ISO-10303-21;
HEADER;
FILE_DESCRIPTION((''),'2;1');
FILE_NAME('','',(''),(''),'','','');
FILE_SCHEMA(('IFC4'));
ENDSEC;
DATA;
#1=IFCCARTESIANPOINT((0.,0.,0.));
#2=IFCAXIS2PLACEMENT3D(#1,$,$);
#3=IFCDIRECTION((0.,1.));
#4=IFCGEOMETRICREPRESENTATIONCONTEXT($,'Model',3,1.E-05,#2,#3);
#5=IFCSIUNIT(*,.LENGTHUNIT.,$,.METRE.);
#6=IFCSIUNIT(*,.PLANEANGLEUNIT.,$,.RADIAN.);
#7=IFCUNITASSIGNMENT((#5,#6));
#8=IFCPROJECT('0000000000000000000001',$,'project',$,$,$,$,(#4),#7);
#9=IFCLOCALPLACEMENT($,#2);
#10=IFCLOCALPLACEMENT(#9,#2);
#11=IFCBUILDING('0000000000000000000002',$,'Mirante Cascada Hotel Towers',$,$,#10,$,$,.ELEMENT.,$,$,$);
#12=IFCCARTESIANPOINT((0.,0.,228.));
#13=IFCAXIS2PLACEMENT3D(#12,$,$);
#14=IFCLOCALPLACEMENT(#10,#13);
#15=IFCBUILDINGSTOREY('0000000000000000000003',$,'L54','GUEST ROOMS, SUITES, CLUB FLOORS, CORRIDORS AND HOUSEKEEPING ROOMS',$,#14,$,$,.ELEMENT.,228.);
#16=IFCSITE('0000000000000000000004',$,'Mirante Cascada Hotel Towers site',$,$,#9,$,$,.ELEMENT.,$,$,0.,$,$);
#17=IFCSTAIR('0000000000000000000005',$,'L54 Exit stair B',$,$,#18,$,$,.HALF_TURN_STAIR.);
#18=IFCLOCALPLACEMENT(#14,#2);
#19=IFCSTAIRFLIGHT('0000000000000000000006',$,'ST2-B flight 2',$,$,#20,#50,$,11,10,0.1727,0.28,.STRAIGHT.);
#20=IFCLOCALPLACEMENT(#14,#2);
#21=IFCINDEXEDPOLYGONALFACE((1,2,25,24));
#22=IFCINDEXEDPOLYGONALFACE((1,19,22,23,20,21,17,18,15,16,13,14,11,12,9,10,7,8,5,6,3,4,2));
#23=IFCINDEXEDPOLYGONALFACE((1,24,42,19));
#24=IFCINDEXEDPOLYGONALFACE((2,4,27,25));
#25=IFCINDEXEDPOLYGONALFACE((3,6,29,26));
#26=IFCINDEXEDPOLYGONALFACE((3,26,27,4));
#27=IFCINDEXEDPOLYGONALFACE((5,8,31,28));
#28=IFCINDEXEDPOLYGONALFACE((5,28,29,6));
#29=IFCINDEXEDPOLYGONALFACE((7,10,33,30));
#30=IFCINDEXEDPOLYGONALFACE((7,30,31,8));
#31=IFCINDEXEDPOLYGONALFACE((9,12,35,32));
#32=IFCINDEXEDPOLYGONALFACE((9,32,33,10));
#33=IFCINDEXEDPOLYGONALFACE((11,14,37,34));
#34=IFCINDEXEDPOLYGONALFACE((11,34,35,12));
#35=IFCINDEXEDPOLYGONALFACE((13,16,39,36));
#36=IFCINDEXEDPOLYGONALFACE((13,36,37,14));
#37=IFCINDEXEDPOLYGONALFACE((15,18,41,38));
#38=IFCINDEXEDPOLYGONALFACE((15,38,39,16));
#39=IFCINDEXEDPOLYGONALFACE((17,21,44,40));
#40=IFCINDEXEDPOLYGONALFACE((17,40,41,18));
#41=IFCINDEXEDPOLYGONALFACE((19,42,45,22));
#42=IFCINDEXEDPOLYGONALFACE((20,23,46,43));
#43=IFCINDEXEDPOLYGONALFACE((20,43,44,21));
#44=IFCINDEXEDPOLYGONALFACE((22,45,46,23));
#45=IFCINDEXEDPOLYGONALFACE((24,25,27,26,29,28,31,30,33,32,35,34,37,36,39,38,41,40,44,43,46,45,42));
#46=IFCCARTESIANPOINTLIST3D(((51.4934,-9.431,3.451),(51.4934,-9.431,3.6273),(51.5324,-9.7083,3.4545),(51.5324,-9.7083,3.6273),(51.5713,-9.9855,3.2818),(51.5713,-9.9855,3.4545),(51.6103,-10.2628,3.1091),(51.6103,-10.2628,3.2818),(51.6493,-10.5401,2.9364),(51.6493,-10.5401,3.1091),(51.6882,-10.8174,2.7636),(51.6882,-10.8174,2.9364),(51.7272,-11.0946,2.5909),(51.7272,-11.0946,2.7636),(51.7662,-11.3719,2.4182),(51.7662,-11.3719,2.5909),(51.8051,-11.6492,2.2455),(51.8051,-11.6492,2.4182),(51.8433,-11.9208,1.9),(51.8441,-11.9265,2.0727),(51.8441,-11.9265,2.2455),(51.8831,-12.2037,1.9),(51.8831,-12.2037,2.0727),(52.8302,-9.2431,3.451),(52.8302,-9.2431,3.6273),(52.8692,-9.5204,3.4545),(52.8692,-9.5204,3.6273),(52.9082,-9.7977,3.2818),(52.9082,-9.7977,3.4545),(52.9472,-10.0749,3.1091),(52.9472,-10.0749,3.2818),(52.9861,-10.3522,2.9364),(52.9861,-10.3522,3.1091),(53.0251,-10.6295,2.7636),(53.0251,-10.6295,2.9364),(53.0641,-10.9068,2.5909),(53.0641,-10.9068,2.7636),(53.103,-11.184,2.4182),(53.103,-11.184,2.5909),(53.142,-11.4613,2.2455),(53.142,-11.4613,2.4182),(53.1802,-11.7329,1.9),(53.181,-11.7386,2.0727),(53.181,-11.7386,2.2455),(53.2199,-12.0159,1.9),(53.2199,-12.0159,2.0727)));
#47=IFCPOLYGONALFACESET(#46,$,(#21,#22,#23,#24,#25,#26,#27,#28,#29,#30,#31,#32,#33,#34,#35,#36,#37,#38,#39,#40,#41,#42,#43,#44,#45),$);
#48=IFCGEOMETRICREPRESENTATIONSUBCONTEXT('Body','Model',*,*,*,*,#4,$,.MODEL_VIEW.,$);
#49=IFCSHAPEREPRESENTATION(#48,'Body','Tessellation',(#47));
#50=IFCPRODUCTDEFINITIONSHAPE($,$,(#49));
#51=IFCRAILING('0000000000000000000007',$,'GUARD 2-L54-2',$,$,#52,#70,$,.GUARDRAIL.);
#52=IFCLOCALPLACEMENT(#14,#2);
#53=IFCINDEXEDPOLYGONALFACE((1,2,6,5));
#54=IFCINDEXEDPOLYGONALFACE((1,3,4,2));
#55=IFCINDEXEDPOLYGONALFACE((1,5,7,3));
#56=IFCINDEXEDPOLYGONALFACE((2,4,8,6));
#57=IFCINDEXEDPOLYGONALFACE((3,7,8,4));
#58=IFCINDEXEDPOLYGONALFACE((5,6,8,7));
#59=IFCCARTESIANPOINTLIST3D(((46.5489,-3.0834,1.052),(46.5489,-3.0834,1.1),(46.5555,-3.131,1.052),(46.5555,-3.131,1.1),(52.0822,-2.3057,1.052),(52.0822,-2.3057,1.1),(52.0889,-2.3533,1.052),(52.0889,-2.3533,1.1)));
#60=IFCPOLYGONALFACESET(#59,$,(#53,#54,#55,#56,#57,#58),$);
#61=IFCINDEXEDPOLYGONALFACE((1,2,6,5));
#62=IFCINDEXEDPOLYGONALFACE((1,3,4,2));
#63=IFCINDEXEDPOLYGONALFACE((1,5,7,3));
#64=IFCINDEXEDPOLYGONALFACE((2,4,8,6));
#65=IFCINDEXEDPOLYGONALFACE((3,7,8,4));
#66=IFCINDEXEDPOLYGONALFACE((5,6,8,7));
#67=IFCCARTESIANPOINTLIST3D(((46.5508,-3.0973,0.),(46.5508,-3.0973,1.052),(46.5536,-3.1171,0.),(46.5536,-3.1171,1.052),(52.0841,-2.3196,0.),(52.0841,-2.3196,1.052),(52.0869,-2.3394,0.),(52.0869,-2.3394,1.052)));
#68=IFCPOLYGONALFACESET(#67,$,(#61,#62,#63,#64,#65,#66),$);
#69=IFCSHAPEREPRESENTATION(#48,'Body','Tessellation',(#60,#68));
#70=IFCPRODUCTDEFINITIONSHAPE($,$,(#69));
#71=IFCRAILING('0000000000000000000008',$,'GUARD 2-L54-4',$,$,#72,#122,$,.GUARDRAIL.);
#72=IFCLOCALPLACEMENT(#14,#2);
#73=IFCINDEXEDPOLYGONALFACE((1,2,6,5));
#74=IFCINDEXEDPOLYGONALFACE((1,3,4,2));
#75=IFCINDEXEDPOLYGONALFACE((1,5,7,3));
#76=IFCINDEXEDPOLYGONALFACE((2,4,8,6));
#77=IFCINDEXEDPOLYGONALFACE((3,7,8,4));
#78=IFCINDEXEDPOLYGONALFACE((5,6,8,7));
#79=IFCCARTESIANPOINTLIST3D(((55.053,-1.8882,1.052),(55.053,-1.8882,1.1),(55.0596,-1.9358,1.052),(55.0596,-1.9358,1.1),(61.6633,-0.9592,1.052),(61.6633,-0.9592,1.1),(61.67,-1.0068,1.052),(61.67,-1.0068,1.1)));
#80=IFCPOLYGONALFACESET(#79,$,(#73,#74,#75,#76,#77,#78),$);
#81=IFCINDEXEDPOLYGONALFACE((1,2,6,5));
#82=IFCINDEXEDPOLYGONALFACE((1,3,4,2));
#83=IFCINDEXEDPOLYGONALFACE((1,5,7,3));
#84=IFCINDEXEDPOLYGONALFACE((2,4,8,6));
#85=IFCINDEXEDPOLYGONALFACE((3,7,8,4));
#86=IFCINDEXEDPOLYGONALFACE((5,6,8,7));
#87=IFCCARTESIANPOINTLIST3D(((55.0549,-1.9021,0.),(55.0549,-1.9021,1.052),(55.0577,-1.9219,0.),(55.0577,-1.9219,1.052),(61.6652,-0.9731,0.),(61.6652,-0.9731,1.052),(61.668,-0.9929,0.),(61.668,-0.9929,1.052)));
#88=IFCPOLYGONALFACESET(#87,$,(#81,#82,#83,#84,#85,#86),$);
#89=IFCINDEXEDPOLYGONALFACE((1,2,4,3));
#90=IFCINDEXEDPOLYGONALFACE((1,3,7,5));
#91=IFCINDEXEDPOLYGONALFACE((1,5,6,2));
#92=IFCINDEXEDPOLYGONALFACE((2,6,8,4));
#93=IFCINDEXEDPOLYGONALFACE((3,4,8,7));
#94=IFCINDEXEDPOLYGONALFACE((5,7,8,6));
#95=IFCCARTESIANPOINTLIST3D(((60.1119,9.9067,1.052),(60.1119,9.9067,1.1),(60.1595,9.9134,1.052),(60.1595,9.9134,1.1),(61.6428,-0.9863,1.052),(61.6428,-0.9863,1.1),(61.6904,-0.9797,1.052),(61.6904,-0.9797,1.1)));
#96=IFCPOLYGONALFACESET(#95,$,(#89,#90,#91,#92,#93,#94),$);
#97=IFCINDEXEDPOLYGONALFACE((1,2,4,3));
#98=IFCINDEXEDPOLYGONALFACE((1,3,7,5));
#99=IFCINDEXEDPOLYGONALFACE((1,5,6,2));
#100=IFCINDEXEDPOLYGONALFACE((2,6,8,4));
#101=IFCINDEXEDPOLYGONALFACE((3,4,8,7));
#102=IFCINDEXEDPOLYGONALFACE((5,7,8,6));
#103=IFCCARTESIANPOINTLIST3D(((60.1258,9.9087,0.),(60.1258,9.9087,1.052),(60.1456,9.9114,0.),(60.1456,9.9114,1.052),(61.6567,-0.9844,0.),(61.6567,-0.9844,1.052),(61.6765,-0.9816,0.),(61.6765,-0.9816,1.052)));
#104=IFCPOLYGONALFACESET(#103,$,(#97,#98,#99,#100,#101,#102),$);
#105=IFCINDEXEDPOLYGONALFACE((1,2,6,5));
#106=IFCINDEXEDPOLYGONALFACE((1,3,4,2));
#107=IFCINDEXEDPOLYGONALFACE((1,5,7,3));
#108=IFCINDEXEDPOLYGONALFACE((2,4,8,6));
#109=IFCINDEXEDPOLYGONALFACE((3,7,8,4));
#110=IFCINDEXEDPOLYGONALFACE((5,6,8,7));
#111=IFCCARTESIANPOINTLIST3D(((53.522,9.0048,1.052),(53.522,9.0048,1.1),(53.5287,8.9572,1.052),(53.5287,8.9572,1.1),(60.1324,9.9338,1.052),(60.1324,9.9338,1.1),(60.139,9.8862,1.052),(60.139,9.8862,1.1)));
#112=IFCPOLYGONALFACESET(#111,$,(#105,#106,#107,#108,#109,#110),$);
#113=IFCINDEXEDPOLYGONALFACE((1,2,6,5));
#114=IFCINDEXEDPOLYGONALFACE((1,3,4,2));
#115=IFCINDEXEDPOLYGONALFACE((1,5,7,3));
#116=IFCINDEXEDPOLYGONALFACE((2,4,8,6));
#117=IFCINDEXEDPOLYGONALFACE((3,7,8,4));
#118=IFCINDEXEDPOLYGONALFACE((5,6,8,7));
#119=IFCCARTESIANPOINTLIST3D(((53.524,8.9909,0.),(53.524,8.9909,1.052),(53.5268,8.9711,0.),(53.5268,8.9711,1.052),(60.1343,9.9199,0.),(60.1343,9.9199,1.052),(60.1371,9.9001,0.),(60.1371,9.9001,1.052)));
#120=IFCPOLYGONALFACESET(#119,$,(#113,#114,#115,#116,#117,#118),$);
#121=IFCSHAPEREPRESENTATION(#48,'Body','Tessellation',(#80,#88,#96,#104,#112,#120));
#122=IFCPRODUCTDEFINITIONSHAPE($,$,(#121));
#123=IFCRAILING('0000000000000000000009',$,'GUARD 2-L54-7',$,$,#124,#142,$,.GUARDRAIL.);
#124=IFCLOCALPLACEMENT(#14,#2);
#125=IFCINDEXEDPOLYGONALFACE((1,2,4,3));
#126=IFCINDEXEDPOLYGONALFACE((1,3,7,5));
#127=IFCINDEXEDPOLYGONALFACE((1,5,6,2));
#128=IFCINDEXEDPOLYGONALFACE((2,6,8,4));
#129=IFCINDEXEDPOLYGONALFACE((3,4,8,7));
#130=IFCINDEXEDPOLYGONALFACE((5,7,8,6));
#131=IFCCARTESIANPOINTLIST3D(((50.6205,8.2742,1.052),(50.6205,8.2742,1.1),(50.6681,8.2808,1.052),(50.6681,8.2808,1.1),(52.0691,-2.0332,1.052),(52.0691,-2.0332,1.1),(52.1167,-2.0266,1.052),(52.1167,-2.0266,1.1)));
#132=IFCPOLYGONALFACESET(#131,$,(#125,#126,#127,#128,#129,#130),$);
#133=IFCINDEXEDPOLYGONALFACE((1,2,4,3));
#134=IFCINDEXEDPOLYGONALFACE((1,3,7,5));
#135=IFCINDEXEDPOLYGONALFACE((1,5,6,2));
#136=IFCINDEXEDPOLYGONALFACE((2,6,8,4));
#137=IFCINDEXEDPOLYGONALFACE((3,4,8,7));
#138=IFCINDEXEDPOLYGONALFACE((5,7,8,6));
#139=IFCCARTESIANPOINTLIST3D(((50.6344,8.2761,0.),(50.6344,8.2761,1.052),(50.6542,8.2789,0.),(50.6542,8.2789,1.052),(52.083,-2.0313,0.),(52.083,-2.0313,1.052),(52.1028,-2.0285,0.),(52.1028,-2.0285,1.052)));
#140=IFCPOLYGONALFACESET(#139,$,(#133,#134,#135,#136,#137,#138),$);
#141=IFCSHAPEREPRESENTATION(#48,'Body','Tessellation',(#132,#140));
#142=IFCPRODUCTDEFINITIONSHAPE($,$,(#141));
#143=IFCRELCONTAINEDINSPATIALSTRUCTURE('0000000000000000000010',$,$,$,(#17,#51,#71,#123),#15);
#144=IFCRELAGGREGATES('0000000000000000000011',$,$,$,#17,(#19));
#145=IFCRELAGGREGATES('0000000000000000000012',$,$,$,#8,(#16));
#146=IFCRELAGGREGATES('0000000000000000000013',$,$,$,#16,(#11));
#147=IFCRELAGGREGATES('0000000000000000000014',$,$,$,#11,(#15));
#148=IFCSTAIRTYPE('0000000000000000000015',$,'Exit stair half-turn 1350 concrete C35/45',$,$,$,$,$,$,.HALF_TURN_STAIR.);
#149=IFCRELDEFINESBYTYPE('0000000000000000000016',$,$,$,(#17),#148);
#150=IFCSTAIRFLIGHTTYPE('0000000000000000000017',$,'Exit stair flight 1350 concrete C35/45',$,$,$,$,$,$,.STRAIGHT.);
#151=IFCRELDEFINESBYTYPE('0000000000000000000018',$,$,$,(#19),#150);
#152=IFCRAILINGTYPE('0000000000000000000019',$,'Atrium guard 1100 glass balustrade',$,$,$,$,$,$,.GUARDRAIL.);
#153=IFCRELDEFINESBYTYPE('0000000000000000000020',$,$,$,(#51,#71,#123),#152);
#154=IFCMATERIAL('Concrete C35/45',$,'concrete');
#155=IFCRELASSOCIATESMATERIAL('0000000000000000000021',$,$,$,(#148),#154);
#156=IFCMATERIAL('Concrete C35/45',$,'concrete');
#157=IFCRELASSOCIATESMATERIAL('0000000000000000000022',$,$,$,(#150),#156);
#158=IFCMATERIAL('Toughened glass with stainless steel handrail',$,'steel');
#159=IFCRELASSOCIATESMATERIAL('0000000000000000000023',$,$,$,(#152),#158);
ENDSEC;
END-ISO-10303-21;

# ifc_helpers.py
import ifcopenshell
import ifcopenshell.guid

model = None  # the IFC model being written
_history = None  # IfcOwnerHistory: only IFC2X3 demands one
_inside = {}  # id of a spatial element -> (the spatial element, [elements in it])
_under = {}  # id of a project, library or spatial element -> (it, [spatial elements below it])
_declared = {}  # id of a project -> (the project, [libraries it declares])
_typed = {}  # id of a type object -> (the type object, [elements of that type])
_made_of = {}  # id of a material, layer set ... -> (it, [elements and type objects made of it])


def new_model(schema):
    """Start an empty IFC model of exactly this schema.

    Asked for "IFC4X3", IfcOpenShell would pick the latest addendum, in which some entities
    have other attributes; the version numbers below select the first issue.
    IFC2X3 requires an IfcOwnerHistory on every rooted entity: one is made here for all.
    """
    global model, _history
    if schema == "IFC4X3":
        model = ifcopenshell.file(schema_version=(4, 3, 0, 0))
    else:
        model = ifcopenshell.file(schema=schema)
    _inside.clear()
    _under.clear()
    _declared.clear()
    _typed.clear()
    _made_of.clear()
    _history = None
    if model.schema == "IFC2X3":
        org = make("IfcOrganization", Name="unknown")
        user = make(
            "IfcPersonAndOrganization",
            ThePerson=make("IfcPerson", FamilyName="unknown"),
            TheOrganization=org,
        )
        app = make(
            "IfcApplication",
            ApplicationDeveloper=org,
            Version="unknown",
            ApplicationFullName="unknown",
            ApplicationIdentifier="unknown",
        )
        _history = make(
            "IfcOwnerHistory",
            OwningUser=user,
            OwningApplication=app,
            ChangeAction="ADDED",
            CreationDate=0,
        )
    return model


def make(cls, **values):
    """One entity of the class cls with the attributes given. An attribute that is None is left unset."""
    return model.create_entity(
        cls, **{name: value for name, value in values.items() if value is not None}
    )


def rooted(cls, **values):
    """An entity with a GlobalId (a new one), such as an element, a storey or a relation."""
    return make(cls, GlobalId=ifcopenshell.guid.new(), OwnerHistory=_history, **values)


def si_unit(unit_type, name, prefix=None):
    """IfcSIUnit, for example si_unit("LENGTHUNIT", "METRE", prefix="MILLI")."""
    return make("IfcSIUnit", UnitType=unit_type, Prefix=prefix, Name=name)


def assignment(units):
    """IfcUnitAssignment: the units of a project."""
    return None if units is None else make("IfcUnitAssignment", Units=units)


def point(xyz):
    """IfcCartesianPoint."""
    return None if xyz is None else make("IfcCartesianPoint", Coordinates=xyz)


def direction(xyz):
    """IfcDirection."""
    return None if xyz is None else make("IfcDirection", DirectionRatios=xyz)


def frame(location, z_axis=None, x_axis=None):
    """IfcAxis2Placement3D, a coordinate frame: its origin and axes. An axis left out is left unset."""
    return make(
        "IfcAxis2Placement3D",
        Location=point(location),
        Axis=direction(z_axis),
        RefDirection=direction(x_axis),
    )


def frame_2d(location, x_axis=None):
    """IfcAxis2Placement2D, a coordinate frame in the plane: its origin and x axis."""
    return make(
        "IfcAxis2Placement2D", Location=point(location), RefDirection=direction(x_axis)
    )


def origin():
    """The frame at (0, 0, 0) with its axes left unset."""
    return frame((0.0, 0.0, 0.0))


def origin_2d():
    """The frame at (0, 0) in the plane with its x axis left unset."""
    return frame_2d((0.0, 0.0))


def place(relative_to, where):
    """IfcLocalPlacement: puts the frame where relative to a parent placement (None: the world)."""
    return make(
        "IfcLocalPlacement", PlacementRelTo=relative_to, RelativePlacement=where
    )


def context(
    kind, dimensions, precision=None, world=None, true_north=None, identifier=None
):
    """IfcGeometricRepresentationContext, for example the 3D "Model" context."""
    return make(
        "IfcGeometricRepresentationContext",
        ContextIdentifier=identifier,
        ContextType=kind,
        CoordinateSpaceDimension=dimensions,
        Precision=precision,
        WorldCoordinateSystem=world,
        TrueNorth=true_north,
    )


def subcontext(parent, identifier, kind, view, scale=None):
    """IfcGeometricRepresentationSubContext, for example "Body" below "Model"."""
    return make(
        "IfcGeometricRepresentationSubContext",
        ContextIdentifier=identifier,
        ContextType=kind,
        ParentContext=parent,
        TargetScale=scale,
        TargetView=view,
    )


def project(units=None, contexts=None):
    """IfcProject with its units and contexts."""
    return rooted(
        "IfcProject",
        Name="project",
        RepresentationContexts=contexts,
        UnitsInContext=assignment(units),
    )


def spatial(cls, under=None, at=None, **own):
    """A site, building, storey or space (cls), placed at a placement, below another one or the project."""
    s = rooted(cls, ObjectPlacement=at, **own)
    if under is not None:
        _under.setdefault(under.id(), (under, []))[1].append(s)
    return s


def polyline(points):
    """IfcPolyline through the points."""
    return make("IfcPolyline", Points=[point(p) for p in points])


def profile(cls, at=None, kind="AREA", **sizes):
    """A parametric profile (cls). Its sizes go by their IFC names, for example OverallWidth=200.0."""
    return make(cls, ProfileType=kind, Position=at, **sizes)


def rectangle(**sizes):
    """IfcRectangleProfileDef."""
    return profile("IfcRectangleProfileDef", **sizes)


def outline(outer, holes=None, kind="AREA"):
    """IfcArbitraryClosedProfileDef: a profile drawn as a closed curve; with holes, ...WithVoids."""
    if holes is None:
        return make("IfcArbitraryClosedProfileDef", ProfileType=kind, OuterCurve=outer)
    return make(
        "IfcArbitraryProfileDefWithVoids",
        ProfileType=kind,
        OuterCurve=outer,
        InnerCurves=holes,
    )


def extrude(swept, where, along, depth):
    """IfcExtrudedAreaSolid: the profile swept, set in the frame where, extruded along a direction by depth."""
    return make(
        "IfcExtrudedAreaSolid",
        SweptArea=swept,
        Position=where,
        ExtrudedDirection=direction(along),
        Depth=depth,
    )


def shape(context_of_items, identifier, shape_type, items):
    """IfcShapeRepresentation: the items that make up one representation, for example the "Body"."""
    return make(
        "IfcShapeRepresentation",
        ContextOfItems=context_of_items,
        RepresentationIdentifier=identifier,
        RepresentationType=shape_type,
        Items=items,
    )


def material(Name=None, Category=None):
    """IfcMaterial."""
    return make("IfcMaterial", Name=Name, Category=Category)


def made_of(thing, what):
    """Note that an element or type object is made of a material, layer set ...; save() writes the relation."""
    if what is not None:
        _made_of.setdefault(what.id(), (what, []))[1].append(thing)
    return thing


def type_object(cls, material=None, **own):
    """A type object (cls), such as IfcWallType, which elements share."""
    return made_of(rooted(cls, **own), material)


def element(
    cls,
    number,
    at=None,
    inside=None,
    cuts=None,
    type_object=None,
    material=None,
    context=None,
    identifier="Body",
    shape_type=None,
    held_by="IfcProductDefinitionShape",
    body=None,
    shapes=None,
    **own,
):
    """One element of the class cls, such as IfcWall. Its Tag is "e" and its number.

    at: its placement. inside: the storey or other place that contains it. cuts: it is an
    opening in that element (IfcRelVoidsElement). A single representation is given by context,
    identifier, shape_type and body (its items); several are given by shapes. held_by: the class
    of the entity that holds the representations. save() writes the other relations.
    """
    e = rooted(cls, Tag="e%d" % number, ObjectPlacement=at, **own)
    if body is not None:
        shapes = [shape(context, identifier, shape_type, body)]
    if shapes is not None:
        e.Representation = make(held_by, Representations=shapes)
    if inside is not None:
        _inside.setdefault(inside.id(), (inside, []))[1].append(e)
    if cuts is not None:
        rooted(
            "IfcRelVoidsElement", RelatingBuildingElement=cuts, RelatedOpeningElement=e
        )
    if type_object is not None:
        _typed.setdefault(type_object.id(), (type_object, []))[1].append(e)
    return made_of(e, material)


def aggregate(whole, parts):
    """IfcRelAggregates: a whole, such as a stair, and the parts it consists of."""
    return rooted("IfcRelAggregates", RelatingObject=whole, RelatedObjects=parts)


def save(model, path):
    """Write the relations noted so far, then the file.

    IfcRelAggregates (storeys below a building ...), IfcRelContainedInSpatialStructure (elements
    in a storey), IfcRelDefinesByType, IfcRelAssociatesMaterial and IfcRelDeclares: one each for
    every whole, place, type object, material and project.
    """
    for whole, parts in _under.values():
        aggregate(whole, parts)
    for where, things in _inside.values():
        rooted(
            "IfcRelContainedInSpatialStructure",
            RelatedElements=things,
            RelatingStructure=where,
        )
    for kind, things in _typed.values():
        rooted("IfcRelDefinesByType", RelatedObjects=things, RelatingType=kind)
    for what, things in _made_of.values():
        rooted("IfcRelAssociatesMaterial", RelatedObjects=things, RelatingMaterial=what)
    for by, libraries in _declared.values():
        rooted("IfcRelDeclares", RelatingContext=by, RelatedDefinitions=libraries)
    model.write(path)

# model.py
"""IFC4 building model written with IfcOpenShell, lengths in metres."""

from ifc_helpers import new_model, si_unit, direction, frame, origin, origin_2d, place, context, subcontext, project, spatial, polyline, rectangle, outline, extrude, material, type_object, element, aggregate, save


model = new_model("IFC4")

# Units and contexts
model_context = context("Model", 3, precision=1e-05, world=origin(), true_north=direction((0.0, 1.0)))
body_context = subcontext(model_context, "Body", "Model", "MODEL_VIEW")
ifc_project = project(units=[si_unit("LENGTHUNIT", "METRE"), si_unit("PLANEANGLEUNIT", "RADIAN")], contexts=[model_context])

# Site, building, storey
site_placement = place(None, origin())
site = spatial("IfcSite", under=ifc_project, at=site_placement, Name="Mirante Cascada Hotel Towers site", CompositionType="ELEMENT", RefElevation=0.0)
building_placement = place(site_placement, origin())
building = spatial("IfcBuilding", under=site, at=building_placement, Name="Mirante Cascada Hotel Towers", CompositionType="ELEMENT")
storey_placement = place(building_placement, frame((0.0, 0.0, 228.0)))
storey = spatial("IfcBuildingStorey", under=building, at=storey_placement, Name="L54", Description="GUEST ROOMS, SUITES, CLUB FLOORS, CORRIDORS AND HOUSEKEEPING ROOMS", CompositionType="ELEMENT", Elevation=228.0)

# Stair, stair flight
ifc_material_1 = material(Name="Concrete C35/45", Category="concrete")
stair_type = type_object("IfcStairType", Name="Exit stair half-turn 1350 concrete C35/45", PredefinedType="HALF_TURN_STAIR", material=ifc_material_1)
stair_placement = place(storey_placement, origin())
stair = element("IfcStair", 1, at=stair_placement, inside=storey, type_object=stair_type, Name="L54 Exit stair B", PredefinedType="HALF_TURN_STAIR")
ifc_material_2 = material(Name="Concrete C35/45", Category="concrete")
stair_flight_type = type_object("IfcStairFlightType", Name="Exit stair flight 1350 concrete C35/45", PredefinedType="STRAIGHT", material=ifc_material_2)
stair_flight_1_placement = place(storey_placement, frame((52.5515, -12.1098, 1.9), z_axis=(0.0, 0.0, 1.0), x_axis=(-0.139173, 0.990268, 0.0)))
stair_flight_1 = element("IfcStairFlight", 2, at=stair_flight_1_placement, type_object=stair_flight_type, Name="ST2-B flight 2", NumberOfRisers=11, NumberOfTreads=10, PredefinedType="STRAIGHT", RiserHeight=0.1727, TreadLength=0.28, context=body_context, shape_type="SweptSolid", body=[
    extrude(outline(polyline([(0.0, 0.0), (0.0, 0.1727), (0.28, 0.1727), (0.28, 0.3455), (0.56, 0.3455), (0.56, 0.5182), (0.84, 0.5182), (0.84, 0.6909), (1.12, 0.6909), (1.12, 0.8636), (1.4, 0.8636), (1.4, 1.0364), (1.68, 1.0364), (1.68, 1.2091), (1.96, 1.2091), (1.96, 1.3818), (2.24, 1.3818), (2.24, 1.5545), (2.52, 1.5545), (2.52, 1.7273), (2.8, 1.7273), (2.8, 1.9), (2.8, 1.551), (0.2857, 0.0), (0.0, 0.0)])), frame((0.0, 0.675, 0.0), z_axis=(0.0, -1.0, 0.0), x_axis=(1.0, 0.0, 0.0)), (0.0, 0.0, 1.0), 1.35),
])
aggregate(stair, [stair_flight_1])

# Railings
ifc_material_3 = material(Name="Toughened glass with stainless steel handrail", Category="steel")
railing_type_1 = type_object("IfcRailingType", Name="Atrium guard 1100 glass balustrade", PredefinedType="GUARDRAIL", material=ifc_material_3)
railing_1_placement = place(storey_placement, frame((46.5522, -3.1072, 0.0)))
element("IfcRailing", 3, at=railing_1_placement, inside=storey, type_object=railing_type_1, Name="GUARD 2-L54-2", PredefinedType="GUARDRAIL", context=body_context, shape_type="SweptSolid", body=[
    extrude(rectangle(XDim=0.048, YDim=0.048, at=origin_2d()), frame((0.0, 0.0, 1.076), z_axis=(0.990267, 0.139181, 0.0), x_axis=(-0.139181, 0.990267, 0.0)), (0.0, 0.0, 1.0), 5.5877),
    extrude(rectangle(XDim=0.02, YDim=1.052, at=origin_2d()), frame((0.0, 0.0, 0.526), z_axis=(0.990267, 0.139181, 0.0), x_axis=(-0.139181, 0.990267, 0.0)), (0.0, 0.0, 1.0), 5.5877),
])
railing_2_placement = place(storey_placement, frame((55.0563, -1.912, 0.0)))
element("IfcRailing", 4, at=railing_2_placement, inside=storey, type_object=railing_type_1, Name="GUARD 2-L54-4", PredefinedType="GUARDRAIL", context=body_context, shape_type="SweptSolid", body=[
    extrude(rectangle(XDim=0.048, YDim=0.048, at=origin_2d()), frame((0.0, 0.0, 1.076), z_axis=(0.990268, 0.139171, 0.0), x_axis=(-0.139171, 0.990268, 0.0)), (0.0, 0.0, 1.0), 6.6753),
    extrude(rectangle(XDim=0.02, YDim=1.052, at=origin_2d()), frame((0.0, 0.0, 0.526), z_axis=(0.990268, 0.139171, 0.0), x_axis=(-0.139171, 0.990268, 0.0)), (0.0, 0.0, 1.0), 6.6753),
    extrude(rectangle(XDim=0.048, YDim=0.048, at=origin_2d()), frame((6.6103, 0.929, 1.076), z_axis=(-0.139172, 0.990268, 0.0), x_axis=(-0.990268, -0.139172, 0.0)), (0.0, 0.0, 1.0), 11.0001),
    extrude(rectangle(XDim=0.02, YDim=1.052, at=origin_2d()), frame((6.6103, 0.929, 0.526), z_axis=(-0.139172, 0.990268, 0.0), x_axis=(-0.990268, -0.139172, 0.0)), (0.0, 0.0, 1.0), 11.0001),
    extrude(rectangle(XDim=0.048, YDim=0.048, at=origin_2d()), frame((5.0794, 11.822, 1.076), z_axis=(-0.990268, -0.139171, 0.0), x_axis=(0.139171, -0.990268, 0.0)), (0.0, 0.0, 1.0), 6.6753),
    extrude(rectangle(XDim=0.02, YDim=1.052, at=origin_2d()), frame((5.0794, 11.822, 0.526), z_axis=(-0.990268, -0.139171, 0.0), x_axis=(0.139171, -0.990268, 0.0)), (0.0, 0.0, 1.0), 6.6753),
])
railing_3_placement = place(storey_placement, frame((52.0929, -2.0299, 0.0)))
element("IfcRailing", 5, at=railing_3_placement, inside=storey, type_object=railing_type_1, Name="GUARD 2-L54-7", PredefinedType="GUARDRAIL", context=body_context, shape_type="SweptSolid", body=[
    extrude(rectangle(XDim=0.048, YDim=0.048, at=origin_2d()), frame((0.0, 0.0, 1.076), z_axis=(-0.139172, 0.990268, 0.0), x_axis=(-0.990268, -0.139172, 0.0)), (0.0, 0.0, 1.0), 10.4087),
    extrude(rectangle(XDim=0.02, YDim=1.052, at=origin_2d()), frame((0.0, 0.0, 0.526), z_axis=(-0.139172, 0.990268, 0.0), x_axis=(-0.990268, -0.139172, 0.0)), (0.0, 0.0, 1.0), 10.4087),
])

save(model, "model.ifc")
